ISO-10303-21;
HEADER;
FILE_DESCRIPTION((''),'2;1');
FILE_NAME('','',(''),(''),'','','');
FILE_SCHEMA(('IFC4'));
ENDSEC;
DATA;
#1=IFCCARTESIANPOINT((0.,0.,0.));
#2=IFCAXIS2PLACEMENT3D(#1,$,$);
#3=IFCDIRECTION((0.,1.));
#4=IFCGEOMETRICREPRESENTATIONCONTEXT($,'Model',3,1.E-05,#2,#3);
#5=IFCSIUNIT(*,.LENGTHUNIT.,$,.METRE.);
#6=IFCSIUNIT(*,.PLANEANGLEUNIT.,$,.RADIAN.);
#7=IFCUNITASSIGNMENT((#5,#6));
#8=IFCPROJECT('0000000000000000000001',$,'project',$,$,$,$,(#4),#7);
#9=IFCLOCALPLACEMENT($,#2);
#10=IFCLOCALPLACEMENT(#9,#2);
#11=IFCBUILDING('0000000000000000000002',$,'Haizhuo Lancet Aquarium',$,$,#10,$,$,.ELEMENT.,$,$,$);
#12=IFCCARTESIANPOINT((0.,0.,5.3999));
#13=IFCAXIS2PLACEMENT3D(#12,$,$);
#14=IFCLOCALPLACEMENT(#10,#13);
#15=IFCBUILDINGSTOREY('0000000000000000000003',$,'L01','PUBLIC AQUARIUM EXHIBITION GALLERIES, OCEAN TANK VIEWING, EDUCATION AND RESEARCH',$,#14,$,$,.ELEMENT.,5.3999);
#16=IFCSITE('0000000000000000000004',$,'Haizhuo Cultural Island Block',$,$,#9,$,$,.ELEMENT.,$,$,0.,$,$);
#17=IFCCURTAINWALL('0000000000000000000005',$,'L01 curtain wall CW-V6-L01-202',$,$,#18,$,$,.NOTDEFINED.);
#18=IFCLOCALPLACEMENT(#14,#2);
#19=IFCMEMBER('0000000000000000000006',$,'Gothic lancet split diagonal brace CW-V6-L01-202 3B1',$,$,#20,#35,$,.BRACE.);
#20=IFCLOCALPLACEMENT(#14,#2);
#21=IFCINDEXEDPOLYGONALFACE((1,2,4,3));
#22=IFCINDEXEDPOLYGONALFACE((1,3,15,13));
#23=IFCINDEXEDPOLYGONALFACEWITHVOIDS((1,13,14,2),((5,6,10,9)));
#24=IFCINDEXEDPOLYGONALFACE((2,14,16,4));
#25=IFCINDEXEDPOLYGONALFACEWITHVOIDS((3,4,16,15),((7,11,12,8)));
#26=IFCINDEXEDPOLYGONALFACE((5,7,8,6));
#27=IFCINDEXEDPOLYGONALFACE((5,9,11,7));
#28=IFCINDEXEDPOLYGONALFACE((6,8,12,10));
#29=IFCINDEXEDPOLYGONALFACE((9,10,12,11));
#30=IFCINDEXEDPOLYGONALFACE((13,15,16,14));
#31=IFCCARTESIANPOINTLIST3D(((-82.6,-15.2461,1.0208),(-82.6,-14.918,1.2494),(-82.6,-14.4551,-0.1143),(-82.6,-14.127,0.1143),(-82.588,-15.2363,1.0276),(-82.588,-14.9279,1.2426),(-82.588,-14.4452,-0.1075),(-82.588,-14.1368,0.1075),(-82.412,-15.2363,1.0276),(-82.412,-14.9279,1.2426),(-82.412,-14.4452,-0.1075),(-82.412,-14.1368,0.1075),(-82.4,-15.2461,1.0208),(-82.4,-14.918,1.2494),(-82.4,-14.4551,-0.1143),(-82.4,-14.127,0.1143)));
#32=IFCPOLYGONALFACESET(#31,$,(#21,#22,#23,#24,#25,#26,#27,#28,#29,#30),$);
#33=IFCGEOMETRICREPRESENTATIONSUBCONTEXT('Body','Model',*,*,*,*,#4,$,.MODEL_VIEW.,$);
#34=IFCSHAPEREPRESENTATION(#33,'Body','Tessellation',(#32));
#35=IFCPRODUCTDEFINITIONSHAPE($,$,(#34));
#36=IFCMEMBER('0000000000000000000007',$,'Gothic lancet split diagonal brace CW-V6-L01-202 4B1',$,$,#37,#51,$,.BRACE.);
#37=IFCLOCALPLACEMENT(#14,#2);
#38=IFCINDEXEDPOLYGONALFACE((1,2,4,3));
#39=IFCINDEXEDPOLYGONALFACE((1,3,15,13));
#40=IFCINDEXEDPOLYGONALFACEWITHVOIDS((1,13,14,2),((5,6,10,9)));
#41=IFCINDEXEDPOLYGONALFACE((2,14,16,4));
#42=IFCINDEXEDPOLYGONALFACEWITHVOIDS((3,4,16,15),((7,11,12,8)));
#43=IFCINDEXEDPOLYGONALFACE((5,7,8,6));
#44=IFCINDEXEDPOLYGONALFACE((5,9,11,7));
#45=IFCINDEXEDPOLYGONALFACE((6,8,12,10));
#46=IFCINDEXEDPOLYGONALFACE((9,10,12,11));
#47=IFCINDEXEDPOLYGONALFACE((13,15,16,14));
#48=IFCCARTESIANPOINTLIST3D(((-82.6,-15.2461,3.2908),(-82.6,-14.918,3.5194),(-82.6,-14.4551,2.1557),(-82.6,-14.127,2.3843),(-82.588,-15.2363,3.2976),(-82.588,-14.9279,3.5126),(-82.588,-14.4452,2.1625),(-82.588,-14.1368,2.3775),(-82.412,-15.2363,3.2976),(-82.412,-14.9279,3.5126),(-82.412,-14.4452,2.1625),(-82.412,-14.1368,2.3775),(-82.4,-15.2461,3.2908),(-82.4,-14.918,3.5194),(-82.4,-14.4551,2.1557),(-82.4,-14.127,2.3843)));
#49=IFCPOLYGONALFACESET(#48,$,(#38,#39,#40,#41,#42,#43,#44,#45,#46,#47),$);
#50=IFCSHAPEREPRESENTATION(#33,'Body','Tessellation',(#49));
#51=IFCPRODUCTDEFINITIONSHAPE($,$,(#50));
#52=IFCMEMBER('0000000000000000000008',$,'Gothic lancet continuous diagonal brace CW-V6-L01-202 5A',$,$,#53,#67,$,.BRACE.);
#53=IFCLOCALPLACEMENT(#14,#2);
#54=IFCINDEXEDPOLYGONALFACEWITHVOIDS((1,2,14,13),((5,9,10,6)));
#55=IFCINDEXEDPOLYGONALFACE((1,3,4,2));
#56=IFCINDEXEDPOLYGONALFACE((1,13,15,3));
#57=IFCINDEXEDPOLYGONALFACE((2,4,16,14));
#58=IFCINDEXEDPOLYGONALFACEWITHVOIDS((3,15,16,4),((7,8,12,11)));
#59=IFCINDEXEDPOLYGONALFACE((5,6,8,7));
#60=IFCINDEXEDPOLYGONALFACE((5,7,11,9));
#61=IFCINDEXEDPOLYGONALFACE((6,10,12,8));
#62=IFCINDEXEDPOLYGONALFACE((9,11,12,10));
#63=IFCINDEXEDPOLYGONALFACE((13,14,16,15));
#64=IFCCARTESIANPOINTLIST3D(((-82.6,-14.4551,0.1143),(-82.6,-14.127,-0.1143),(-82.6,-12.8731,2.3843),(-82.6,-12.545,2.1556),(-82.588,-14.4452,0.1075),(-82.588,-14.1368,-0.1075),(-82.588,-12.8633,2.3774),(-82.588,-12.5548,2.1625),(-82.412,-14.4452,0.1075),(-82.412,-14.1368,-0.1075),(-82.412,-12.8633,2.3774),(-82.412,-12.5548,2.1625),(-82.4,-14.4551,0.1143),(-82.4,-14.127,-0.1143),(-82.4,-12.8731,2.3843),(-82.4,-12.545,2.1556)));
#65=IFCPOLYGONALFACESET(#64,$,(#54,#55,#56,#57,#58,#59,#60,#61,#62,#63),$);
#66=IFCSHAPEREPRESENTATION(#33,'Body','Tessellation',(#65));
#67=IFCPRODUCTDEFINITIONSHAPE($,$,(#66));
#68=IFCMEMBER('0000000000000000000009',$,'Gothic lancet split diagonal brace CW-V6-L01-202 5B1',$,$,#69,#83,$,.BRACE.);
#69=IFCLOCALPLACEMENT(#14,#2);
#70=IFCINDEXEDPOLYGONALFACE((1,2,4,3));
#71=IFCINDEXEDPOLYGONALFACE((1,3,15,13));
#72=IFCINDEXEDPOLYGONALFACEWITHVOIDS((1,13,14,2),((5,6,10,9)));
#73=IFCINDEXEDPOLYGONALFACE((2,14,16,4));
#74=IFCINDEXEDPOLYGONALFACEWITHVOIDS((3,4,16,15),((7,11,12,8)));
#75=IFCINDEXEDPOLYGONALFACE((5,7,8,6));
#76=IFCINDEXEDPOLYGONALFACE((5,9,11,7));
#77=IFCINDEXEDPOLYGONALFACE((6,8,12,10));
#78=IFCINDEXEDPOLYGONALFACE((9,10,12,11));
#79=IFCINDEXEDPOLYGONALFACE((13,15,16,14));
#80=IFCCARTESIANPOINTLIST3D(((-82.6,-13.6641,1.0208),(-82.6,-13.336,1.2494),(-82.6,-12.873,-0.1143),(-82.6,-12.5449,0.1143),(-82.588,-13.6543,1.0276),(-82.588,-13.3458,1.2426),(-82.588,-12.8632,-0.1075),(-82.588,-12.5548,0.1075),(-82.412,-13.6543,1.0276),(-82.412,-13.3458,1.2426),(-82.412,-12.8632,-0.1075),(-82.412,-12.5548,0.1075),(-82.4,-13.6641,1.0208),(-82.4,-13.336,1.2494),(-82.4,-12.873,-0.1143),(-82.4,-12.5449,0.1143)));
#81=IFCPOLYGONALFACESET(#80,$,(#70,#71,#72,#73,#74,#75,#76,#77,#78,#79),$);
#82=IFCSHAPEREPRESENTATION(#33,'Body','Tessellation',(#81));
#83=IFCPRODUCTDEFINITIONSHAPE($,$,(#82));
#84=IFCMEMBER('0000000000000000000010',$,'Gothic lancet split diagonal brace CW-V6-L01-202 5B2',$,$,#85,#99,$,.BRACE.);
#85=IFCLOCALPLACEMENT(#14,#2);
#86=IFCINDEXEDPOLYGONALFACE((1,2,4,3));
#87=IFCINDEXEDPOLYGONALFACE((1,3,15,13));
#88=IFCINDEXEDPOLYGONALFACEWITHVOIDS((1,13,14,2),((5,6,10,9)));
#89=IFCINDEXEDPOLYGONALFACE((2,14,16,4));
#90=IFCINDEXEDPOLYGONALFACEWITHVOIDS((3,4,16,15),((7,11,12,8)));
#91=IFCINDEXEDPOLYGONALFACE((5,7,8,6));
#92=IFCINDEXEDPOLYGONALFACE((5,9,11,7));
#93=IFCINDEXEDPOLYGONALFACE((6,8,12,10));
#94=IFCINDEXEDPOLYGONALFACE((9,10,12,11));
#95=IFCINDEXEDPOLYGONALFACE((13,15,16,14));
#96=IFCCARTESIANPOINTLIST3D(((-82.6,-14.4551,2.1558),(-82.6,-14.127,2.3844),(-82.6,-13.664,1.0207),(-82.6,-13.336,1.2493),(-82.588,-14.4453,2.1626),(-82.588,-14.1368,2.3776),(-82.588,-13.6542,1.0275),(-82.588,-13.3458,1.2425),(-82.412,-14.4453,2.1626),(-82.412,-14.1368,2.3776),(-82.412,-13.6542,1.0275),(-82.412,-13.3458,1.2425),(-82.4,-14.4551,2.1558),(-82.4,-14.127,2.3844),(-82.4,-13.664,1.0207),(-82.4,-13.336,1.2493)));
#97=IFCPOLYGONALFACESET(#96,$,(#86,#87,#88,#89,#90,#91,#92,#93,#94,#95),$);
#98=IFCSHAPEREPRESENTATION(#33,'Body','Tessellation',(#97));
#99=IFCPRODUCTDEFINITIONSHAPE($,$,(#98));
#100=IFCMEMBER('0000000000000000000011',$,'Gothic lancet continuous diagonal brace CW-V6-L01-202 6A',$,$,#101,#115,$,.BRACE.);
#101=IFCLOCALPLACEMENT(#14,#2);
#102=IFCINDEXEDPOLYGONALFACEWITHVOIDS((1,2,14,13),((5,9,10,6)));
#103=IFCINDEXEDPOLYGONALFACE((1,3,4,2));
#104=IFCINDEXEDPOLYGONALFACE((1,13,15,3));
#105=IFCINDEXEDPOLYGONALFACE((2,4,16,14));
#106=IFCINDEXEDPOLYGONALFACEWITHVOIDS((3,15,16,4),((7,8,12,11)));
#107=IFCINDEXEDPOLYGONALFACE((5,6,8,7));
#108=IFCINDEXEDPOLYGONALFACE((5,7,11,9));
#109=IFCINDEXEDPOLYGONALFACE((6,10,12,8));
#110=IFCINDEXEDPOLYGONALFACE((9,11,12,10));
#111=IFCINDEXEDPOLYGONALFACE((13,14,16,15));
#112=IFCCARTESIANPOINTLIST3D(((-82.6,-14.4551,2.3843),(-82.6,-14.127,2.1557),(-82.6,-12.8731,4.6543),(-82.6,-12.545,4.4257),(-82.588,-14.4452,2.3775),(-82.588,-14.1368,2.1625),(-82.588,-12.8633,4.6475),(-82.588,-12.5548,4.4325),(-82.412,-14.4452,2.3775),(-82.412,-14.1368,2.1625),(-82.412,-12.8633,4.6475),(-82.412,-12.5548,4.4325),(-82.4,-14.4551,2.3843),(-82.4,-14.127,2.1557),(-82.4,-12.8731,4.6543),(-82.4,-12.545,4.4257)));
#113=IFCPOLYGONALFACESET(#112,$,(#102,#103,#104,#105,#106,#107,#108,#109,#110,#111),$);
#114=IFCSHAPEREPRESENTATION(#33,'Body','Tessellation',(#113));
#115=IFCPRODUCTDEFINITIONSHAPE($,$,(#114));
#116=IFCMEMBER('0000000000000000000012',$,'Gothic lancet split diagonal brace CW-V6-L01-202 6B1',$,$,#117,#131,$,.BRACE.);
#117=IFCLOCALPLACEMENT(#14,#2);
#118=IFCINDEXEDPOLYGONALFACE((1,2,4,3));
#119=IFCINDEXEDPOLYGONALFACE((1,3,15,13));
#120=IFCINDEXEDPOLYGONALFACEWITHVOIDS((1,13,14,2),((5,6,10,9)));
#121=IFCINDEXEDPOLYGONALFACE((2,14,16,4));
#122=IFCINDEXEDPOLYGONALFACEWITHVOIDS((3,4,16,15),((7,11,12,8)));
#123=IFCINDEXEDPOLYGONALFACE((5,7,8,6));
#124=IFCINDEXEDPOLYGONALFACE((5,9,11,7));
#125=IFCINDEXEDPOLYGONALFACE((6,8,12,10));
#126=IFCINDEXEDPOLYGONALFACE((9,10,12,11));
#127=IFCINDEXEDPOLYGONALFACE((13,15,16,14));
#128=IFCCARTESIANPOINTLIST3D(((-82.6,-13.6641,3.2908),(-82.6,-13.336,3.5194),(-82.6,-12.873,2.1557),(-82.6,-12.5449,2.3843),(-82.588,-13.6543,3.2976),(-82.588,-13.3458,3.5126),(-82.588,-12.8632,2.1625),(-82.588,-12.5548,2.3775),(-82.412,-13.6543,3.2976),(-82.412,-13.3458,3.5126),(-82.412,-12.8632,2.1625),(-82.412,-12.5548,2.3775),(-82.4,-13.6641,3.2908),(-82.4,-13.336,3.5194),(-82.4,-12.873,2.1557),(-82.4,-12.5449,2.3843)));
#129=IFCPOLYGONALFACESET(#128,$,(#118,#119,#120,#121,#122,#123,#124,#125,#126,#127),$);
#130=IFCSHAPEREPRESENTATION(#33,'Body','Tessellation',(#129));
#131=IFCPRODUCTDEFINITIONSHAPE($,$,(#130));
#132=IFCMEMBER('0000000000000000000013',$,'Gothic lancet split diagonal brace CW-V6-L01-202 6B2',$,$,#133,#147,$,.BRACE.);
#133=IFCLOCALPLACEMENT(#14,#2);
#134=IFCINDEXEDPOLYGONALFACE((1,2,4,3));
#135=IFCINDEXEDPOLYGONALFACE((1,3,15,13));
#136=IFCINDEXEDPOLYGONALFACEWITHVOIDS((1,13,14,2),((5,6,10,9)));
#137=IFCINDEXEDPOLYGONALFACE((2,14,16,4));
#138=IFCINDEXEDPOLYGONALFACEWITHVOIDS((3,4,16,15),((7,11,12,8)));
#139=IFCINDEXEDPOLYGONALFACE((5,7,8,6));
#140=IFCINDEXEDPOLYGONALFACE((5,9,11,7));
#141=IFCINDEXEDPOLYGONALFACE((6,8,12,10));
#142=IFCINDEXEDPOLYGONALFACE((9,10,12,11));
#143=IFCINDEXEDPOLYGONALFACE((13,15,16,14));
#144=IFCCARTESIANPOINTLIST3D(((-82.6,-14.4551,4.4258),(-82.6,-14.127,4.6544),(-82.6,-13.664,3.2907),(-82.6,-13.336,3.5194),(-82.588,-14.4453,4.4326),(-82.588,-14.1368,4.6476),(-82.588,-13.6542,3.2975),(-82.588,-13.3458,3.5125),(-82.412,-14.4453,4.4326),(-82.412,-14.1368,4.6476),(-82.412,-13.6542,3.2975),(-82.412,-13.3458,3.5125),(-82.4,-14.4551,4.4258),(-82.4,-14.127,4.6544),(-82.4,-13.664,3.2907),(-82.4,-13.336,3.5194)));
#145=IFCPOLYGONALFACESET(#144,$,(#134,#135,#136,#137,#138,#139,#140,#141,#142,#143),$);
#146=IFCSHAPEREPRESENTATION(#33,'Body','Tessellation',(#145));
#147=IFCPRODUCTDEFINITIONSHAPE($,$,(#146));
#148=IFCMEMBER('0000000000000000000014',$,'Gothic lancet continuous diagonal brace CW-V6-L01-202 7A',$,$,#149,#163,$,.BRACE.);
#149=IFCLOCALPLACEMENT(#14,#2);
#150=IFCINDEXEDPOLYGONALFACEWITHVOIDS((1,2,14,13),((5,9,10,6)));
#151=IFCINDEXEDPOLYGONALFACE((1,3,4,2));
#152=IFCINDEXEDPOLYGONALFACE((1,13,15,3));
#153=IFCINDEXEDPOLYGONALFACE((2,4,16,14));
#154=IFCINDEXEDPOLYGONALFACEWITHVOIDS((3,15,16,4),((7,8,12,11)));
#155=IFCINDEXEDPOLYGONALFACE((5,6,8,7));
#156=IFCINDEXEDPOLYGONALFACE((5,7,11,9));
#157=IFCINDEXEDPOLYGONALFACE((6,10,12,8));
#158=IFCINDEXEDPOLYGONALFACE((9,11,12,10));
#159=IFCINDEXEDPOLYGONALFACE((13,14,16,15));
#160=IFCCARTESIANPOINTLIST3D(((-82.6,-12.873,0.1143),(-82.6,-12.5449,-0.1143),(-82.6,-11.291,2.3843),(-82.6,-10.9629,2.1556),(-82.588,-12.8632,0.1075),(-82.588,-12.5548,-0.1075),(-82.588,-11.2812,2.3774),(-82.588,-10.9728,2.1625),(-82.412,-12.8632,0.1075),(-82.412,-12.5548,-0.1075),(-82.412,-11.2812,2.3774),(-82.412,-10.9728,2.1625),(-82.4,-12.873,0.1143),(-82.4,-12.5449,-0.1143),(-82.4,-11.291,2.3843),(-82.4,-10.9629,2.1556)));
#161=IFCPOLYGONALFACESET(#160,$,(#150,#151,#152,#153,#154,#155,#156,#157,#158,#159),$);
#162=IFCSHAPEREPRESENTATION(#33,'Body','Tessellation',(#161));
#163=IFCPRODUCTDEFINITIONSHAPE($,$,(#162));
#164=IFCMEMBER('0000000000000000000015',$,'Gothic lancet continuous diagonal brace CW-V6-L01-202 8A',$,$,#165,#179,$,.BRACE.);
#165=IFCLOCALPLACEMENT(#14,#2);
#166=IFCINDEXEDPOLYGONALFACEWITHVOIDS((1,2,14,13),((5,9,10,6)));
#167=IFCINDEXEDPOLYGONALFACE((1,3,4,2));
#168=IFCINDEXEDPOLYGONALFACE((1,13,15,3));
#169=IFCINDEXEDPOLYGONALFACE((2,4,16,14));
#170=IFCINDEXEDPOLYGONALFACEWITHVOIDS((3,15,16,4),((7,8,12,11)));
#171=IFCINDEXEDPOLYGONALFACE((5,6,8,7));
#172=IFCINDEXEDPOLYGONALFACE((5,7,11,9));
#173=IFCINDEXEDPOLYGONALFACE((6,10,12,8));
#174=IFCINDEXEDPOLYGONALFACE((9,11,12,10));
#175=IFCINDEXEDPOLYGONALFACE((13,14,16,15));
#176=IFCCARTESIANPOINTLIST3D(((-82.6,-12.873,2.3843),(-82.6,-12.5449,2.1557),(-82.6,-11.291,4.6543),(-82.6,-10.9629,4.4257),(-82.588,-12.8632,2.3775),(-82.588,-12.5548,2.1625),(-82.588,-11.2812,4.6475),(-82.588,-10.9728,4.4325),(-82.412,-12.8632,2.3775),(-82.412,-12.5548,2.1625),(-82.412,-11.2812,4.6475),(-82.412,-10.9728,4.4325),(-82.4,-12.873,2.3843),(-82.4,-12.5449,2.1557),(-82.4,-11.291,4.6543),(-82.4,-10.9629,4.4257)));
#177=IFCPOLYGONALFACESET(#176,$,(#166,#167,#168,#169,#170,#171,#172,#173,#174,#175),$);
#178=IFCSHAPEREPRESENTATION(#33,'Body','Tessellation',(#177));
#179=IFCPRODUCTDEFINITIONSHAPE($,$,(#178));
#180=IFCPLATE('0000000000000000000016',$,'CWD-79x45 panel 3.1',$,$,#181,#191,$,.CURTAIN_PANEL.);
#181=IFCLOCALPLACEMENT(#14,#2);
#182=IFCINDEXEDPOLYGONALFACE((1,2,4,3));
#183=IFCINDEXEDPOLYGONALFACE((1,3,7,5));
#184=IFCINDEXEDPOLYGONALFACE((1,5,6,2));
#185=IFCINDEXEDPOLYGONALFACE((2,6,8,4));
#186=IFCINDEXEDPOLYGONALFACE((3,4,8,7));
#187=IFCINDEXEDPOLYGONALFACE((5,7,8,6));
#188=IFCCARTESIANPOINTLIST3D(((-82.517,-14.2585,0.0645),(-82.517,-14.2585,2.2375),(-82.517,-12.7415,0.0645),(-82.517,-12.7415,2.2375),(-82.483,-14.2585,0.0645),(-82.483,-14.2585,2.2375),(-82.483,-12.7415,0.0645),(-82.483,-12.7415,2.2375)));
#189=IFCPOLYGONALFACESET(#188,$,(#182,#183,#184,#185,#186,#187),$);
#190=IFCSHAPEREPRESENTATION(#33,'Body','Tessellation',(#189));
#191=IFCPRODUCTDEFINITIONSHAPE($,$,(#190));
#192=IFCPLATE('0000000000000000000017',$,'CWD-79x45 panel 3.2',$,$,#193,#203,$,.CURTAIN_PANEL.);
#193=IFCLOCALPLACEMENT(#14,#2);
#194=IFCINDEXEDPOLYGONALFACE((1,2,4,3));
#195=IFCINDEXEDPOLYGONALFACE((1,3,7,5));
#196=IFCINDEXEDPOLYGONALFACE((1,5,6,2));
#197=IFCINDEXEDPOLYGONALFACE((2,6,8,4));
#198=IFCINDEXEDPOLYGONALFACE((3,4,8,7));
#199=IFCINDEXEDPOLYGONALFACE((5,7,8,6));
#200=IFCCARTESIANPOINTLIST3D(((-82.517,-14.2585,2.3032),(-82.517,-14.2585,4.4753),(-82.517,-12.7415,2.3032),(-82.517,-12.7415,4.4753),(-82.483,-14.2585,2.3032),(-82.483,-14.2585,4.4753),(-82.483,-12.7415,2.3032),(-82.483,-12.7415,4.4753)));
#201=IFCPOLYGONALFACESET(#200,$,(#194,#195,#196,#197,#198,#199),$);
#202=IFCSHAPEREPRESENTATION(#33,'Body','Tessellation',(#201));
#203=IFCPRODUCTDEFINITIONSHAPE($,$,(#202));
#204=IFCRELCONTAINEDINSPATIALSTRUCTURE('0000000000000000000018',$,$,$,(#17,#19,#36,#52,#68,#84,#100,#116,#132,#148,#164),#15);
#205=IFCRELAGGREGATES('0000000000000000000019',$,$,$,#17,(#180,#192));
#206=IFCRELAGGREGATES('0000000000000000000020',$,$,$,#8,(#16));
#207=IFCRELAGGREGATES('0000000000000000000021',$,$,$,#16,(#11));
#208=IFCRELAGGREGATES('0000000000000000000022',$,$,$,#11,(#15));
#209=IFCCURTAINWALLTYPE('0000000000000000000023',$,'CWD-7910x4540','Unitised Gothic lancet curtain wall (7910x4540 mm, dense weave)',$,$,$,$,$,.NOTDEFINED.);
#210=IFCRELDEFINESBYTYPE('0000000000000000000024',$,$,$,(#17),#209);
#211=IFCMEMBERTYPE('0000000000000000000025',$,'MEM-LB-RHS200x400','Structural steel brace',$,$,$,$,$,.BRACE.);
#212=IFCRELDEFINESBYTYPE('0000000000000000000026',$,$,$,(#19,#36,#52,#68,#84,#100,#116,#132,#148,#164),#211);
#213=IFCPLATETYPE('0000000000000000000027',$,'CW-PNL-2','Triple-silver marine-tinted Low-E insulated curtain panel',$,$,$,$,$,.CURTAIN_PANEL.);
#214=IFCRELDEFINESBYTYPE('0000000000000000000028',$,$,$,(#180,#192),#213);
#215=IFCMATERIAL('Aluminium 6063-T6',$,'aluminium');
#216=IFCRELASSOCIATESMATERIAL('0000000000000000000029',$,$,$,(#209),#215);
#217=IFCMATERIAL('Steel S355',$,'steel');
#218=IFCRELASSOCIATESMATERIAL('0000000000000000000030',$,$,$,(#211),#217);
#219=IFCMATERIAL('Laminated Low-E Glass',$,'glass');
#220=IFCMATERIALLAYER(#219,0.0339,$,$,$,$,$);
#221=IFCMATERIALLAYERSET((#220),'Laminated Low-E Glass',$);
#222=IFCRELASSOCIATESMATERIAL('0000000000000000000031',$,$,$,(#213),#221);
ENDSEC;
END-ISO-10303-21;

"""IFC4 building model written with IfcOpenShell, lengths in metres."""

from ifc_helpers import new_model, si_unit, direction, frame, origin, origin_2d, place, context, subcontext, project, spatial, rectangle, hollow_rectangle, extrude, material, layer, layer_set, material_profile, profile_set, type_object, element, aggregate, save


model = new_model("IFC4")

# Units and contexts
model_context = context("Model", 3, precision=1e-05, world=origin(), true_north=direction((0.0, 1.0)))
body_context = subcontext(model_context, "Body", "Model", "MODEL_VIEW")
ifc_project = project(units=[si_unit("LENGTHUNIT", "METRE"), si_unit("PLANEANGLEUNIT", "RADIAN")], contexts=[model_context])

# Site, building, storey
site_placement = place(None, origin())
site = spatial("IfcSite", under=ifc_project, at=site_placement, Name="Haizhuo Cultural Island Block", CompositionType="ELEMENT", RefElevation=0.0)
building_placement = place(site_placement, origin())
building = spatial("IfcBuilding", under=site, at=building_placement, Name="Haizhuo Lancet Aquarium", CompositionType="ELEMENT")
storey_placement = place(building_placement, frame((0.0, 0.0, 5.3999)))
storey = spatial("IfcBuildingStorey", under=building, at=storey_placement, Name="L01", Description="PUBLIC AQUARIUM EXHIBITION GALLERIES, OCEAN TANK VIEWING, EDUCATION AND RESEARCH", CompositionType="ELEMENT", Elevation=5.3999)

# Curtain wall
ifc_material_1 = material(Name="Aluminium 6063-T6", Category="aluminium")
curtain_wall_type = type_object("IfcCurtainWallType", Name="CWD-7910x4540", Description="Unitised Gothic lancet curtain wall (7910x4540 mm, dense weave)", PredefinedType="NOTDEFINED", material=ifc_material_1)
curtain_wall_placement = place(storey_placement, origin())
curtain_wall = element("IfcCurtainWall", 1, at=curtain_wall_placement, inside=storey, type_object=curtain_wall_type, Name="L01 curtain wall CW-V6-L01-202", PredefinedType="NOTDEFINED")

# Shared definitions
ifc_material_2 = material(Name="Steel S355", Category="steel")

# Members
ifc_material_profile_1 = material_profile(ifc_material_2, hollow_rectangle(XDim=0.2, YDim=0.3999, WallThickness=0.012, at=origin_2d()), Name="RHS 200x400x12")
ifc_profile_set_1 = profile_set([ifc_material_profile_1], Name="Steel S355")
member_type_1 = type_object("IfcMemberType", Name="MEM-LB-RHS200x400", Description="Structural steel brace", PredefinedType="BRACE", material=ifc_profile_set_1)
for number, where, z_axis, x_axis, name in (
    (2, (-82.5, -14.291, 0.0), (0.0, -0.571767, 0.820416), (1.0, 0.0, 0.0), "Gothic lancet split diagonal brace CW-V6-L01-202 3B1"),
    (3, (-82.5, -14.291, 2.27), (0.0, -0.571767, 0.820416), (1.0, 0.0, 0.0), "Gothic lancet split diagonal brace CW-V6-L01-202 4B1"),
):
    element("IfcMember", number, at=place(storey_placement, frame(where, z_axis=z_axis, x_axis=x_axis)), inside=storey, type_object=member_type_1, Name=name, PredefinedType="BRACE", context=body_context, shape_type="SweptSolid", body=[
        extrude(hollow_rectangle(XDim=0.2, YDim=0.3999, WallThickness=0.012, at=origin_2d()), origin(), (0.0, 0.0, 1.0), 1.3835),
    ])
member_1_placement = place(storey_placement, frame((-82.5, -14.291, 0.0), z_axis=(0.0, 0.571767, 0.820416), x_axis=(-1.0, 0.0, 0.0)))
element("IfcMember", 4, at=member_1_placement, inside=storey, type_object=member_type_1, Name="Gothic lancet continuous diagonal brace CW-V6-L01-202 5A", PredefinedType="BRACE", context=body_context, shape_type="SweptSolid", body=[
    extrude(hollow_rectangle(XDim=0.2, YDim=0.3999, WallThickness=0.012, at=origin_2d()), origin(), (0.0, 0.0, 1.0), 2.7668),
])
for number, where, z_axis, x_axis, name in (
    (5, (-82.5, -12.709, 0.0), (0.0, -0.571767, 0.820416), (1.0, 0.0, 0.0), "Gothic lancet split diagonal brace CW-V6-L01-202 5B1"),
    (6, (-82.5, -13.5, 1.135), (0.0, -0.571767, 0.820416), (1.0, 0.0, 0.0), "Gothic lancet split diagonal brace CW-V6-L01-202 5B2"),
):
    element("IfcMember", number, at=place(storey_placement, frame(where, z_axis=z_axis, x_axis=x_axis)), inside=storey, type_object=member_type_1, Name=name, PredefinedType="BRACE", context=body_context, shape_type="SweptSolid", body=[
        extrude(hollow_rectangle(XDim=0.2, YDim=0.3999, WallThickness=0.012, at=origin_2d()), origin(), (0.0, 0.0, 1.0), 1.3835),
    ])
member_2_placement = place(storey_placement, frame((-82.5, -14.291, 2.27), z_axis=(0.0, 0.571767, 0.820416), x_axis=(-1.0, 0.0, 0.0)))
element("IfcMember", 7, at=member_2_placement, inside=storey, type_object=member_type_1, Name="Gothic lancet continuous diagonal brace CW-V6-L01-202 6A", PredefinedType="BRACE", context=body_context, shape_type="SweptSolid", body=[
    extrude(hollow_rectangle(XDim=0.2, YDim=0.3999, WallThickness=0.012, at=origin_2d()), origin(), (0.0, 0.0, 1.0), 2.7668),
])
for number, where, z_axis, x_axis, name in (
    (8, (-82.5, -12.709, 2.27), (0.0, -0.571767, 0.820416), (1.0, 0.0, 0.0), "Gothic lancet split diagonal brace CW-V6-L01-202 6B1"),
    (9, (-82.5, -13.5, 3.405), (0.0, -0.571767, 0.820416), (1.0, 0.0, 0.0), "Gothic lancet split diagonal brace CW-V6-L01-202 6B2"),
):
    element("IfcMember", number, at=place(storey_placement, frame(where, z_axis=z_axis, x_axis=x_axis)), inside=storey, type_object=member_type_1, Name=name, PredefinedType="BRACE", context=body_context, shape_type="SweptSolid", body=[
        extrude(hollow_rectangle(XDim=0.2, YDim=0.3999, WallThickness=0.012, at=origin_2d()), origin(), (0.0, 0.0, 1.0), 1.3835),
    ])
for number, where, z_axis, x_axis, name in (
    (10, (-82.5, -12.709, 0.0), (0.0, 0.571767, 0.820416), (-1.0, 0.0, 0.0), "Gothic lancet continuous diagonal brace CW-V6-L01-202 7A"),
    (11, (-82.5, -12.709, 2.27), (0.0, 0.571767, 0.820416), (-1.0, 0.0, 0.0), "Gothic lancet continuous diagonal brace CW-V6-L01-202 8A"),
):
    element("IfcMember", number, at=place(storey_placement, frame(where, z_axis=z_axis, x_axis=x_axis)), inside=storey, type_object=member_type_1, Name=name, PredefinedType="BRACE", context=body_context, shape_type="SweptSolid", body=[
        extrude(hollow_rectangle(XDim=0.2, YDim=0.3999, WallThickness=0.012, at=origin_2d()), origin(), (0.0, 0.0, 1.0), 2.7668),
    ])

# Plates
ifc_material_3 = material(Name="Laminated Low-E Glass", Category="glass")
ifc_layer = layer(ifc_material_3, 0.0339)
ifc_layer_set = layer_set([ifc_layer], Name="Laminated Low-E Glass")
plate_type = type_object("IfcPlateType", Name="CW-PNL-2", Description="Triple-silver marine-tinted Low-E insulated curtain panel", PredefinedType="CURTAIN_PANEL", material=ifc_layer_set)
plate_1_placement = place(storey_placement, frame((-82.5, -13.5, 0.0645), z_axis=(0.0, 0.0, 1.0), x_axis=(0.0, 1.0, 0.0)))
plate_1 = element("IfcPlate", 12, at=plate_1_placement, type_object=plate_type, Name="CWD-79x45 panel 3.1", PredefinedType="CURTAIN_PANEL", context=body_context, shape_type="SweptSolid", body=[
    extrude(rectangle(XDim=1.5171, YDim=0.0339, at=origin_2d()), origin(), (0.0, 0.0, 1.0), 2.1731),
])
plate_2_placement = place(storey_placement, frame((-82.5, -13.5, 2.3032), z_axis=(0.0, 0.0, 1.0), x_axis=(0.0, 1.0, 0.0)))
plate_2 = element("IfcPlate", 13, at=plate_2_placement, type_object=plate_type, Name="CWD-79x45 panel 3.2", PredefinedType="CURTAIN_PANEL", context=body_context, shape_type="SweptSolid", body=[
    extrude(rectangle(XDim=1.5171, YDim=0.0339, at=origin_2d()), origin(), (0.0, 0.0, 1.0), 2.1721),
])
aggregate(curtain_wall, [plate_1, plate_2])

save(model, "model.ifc")
